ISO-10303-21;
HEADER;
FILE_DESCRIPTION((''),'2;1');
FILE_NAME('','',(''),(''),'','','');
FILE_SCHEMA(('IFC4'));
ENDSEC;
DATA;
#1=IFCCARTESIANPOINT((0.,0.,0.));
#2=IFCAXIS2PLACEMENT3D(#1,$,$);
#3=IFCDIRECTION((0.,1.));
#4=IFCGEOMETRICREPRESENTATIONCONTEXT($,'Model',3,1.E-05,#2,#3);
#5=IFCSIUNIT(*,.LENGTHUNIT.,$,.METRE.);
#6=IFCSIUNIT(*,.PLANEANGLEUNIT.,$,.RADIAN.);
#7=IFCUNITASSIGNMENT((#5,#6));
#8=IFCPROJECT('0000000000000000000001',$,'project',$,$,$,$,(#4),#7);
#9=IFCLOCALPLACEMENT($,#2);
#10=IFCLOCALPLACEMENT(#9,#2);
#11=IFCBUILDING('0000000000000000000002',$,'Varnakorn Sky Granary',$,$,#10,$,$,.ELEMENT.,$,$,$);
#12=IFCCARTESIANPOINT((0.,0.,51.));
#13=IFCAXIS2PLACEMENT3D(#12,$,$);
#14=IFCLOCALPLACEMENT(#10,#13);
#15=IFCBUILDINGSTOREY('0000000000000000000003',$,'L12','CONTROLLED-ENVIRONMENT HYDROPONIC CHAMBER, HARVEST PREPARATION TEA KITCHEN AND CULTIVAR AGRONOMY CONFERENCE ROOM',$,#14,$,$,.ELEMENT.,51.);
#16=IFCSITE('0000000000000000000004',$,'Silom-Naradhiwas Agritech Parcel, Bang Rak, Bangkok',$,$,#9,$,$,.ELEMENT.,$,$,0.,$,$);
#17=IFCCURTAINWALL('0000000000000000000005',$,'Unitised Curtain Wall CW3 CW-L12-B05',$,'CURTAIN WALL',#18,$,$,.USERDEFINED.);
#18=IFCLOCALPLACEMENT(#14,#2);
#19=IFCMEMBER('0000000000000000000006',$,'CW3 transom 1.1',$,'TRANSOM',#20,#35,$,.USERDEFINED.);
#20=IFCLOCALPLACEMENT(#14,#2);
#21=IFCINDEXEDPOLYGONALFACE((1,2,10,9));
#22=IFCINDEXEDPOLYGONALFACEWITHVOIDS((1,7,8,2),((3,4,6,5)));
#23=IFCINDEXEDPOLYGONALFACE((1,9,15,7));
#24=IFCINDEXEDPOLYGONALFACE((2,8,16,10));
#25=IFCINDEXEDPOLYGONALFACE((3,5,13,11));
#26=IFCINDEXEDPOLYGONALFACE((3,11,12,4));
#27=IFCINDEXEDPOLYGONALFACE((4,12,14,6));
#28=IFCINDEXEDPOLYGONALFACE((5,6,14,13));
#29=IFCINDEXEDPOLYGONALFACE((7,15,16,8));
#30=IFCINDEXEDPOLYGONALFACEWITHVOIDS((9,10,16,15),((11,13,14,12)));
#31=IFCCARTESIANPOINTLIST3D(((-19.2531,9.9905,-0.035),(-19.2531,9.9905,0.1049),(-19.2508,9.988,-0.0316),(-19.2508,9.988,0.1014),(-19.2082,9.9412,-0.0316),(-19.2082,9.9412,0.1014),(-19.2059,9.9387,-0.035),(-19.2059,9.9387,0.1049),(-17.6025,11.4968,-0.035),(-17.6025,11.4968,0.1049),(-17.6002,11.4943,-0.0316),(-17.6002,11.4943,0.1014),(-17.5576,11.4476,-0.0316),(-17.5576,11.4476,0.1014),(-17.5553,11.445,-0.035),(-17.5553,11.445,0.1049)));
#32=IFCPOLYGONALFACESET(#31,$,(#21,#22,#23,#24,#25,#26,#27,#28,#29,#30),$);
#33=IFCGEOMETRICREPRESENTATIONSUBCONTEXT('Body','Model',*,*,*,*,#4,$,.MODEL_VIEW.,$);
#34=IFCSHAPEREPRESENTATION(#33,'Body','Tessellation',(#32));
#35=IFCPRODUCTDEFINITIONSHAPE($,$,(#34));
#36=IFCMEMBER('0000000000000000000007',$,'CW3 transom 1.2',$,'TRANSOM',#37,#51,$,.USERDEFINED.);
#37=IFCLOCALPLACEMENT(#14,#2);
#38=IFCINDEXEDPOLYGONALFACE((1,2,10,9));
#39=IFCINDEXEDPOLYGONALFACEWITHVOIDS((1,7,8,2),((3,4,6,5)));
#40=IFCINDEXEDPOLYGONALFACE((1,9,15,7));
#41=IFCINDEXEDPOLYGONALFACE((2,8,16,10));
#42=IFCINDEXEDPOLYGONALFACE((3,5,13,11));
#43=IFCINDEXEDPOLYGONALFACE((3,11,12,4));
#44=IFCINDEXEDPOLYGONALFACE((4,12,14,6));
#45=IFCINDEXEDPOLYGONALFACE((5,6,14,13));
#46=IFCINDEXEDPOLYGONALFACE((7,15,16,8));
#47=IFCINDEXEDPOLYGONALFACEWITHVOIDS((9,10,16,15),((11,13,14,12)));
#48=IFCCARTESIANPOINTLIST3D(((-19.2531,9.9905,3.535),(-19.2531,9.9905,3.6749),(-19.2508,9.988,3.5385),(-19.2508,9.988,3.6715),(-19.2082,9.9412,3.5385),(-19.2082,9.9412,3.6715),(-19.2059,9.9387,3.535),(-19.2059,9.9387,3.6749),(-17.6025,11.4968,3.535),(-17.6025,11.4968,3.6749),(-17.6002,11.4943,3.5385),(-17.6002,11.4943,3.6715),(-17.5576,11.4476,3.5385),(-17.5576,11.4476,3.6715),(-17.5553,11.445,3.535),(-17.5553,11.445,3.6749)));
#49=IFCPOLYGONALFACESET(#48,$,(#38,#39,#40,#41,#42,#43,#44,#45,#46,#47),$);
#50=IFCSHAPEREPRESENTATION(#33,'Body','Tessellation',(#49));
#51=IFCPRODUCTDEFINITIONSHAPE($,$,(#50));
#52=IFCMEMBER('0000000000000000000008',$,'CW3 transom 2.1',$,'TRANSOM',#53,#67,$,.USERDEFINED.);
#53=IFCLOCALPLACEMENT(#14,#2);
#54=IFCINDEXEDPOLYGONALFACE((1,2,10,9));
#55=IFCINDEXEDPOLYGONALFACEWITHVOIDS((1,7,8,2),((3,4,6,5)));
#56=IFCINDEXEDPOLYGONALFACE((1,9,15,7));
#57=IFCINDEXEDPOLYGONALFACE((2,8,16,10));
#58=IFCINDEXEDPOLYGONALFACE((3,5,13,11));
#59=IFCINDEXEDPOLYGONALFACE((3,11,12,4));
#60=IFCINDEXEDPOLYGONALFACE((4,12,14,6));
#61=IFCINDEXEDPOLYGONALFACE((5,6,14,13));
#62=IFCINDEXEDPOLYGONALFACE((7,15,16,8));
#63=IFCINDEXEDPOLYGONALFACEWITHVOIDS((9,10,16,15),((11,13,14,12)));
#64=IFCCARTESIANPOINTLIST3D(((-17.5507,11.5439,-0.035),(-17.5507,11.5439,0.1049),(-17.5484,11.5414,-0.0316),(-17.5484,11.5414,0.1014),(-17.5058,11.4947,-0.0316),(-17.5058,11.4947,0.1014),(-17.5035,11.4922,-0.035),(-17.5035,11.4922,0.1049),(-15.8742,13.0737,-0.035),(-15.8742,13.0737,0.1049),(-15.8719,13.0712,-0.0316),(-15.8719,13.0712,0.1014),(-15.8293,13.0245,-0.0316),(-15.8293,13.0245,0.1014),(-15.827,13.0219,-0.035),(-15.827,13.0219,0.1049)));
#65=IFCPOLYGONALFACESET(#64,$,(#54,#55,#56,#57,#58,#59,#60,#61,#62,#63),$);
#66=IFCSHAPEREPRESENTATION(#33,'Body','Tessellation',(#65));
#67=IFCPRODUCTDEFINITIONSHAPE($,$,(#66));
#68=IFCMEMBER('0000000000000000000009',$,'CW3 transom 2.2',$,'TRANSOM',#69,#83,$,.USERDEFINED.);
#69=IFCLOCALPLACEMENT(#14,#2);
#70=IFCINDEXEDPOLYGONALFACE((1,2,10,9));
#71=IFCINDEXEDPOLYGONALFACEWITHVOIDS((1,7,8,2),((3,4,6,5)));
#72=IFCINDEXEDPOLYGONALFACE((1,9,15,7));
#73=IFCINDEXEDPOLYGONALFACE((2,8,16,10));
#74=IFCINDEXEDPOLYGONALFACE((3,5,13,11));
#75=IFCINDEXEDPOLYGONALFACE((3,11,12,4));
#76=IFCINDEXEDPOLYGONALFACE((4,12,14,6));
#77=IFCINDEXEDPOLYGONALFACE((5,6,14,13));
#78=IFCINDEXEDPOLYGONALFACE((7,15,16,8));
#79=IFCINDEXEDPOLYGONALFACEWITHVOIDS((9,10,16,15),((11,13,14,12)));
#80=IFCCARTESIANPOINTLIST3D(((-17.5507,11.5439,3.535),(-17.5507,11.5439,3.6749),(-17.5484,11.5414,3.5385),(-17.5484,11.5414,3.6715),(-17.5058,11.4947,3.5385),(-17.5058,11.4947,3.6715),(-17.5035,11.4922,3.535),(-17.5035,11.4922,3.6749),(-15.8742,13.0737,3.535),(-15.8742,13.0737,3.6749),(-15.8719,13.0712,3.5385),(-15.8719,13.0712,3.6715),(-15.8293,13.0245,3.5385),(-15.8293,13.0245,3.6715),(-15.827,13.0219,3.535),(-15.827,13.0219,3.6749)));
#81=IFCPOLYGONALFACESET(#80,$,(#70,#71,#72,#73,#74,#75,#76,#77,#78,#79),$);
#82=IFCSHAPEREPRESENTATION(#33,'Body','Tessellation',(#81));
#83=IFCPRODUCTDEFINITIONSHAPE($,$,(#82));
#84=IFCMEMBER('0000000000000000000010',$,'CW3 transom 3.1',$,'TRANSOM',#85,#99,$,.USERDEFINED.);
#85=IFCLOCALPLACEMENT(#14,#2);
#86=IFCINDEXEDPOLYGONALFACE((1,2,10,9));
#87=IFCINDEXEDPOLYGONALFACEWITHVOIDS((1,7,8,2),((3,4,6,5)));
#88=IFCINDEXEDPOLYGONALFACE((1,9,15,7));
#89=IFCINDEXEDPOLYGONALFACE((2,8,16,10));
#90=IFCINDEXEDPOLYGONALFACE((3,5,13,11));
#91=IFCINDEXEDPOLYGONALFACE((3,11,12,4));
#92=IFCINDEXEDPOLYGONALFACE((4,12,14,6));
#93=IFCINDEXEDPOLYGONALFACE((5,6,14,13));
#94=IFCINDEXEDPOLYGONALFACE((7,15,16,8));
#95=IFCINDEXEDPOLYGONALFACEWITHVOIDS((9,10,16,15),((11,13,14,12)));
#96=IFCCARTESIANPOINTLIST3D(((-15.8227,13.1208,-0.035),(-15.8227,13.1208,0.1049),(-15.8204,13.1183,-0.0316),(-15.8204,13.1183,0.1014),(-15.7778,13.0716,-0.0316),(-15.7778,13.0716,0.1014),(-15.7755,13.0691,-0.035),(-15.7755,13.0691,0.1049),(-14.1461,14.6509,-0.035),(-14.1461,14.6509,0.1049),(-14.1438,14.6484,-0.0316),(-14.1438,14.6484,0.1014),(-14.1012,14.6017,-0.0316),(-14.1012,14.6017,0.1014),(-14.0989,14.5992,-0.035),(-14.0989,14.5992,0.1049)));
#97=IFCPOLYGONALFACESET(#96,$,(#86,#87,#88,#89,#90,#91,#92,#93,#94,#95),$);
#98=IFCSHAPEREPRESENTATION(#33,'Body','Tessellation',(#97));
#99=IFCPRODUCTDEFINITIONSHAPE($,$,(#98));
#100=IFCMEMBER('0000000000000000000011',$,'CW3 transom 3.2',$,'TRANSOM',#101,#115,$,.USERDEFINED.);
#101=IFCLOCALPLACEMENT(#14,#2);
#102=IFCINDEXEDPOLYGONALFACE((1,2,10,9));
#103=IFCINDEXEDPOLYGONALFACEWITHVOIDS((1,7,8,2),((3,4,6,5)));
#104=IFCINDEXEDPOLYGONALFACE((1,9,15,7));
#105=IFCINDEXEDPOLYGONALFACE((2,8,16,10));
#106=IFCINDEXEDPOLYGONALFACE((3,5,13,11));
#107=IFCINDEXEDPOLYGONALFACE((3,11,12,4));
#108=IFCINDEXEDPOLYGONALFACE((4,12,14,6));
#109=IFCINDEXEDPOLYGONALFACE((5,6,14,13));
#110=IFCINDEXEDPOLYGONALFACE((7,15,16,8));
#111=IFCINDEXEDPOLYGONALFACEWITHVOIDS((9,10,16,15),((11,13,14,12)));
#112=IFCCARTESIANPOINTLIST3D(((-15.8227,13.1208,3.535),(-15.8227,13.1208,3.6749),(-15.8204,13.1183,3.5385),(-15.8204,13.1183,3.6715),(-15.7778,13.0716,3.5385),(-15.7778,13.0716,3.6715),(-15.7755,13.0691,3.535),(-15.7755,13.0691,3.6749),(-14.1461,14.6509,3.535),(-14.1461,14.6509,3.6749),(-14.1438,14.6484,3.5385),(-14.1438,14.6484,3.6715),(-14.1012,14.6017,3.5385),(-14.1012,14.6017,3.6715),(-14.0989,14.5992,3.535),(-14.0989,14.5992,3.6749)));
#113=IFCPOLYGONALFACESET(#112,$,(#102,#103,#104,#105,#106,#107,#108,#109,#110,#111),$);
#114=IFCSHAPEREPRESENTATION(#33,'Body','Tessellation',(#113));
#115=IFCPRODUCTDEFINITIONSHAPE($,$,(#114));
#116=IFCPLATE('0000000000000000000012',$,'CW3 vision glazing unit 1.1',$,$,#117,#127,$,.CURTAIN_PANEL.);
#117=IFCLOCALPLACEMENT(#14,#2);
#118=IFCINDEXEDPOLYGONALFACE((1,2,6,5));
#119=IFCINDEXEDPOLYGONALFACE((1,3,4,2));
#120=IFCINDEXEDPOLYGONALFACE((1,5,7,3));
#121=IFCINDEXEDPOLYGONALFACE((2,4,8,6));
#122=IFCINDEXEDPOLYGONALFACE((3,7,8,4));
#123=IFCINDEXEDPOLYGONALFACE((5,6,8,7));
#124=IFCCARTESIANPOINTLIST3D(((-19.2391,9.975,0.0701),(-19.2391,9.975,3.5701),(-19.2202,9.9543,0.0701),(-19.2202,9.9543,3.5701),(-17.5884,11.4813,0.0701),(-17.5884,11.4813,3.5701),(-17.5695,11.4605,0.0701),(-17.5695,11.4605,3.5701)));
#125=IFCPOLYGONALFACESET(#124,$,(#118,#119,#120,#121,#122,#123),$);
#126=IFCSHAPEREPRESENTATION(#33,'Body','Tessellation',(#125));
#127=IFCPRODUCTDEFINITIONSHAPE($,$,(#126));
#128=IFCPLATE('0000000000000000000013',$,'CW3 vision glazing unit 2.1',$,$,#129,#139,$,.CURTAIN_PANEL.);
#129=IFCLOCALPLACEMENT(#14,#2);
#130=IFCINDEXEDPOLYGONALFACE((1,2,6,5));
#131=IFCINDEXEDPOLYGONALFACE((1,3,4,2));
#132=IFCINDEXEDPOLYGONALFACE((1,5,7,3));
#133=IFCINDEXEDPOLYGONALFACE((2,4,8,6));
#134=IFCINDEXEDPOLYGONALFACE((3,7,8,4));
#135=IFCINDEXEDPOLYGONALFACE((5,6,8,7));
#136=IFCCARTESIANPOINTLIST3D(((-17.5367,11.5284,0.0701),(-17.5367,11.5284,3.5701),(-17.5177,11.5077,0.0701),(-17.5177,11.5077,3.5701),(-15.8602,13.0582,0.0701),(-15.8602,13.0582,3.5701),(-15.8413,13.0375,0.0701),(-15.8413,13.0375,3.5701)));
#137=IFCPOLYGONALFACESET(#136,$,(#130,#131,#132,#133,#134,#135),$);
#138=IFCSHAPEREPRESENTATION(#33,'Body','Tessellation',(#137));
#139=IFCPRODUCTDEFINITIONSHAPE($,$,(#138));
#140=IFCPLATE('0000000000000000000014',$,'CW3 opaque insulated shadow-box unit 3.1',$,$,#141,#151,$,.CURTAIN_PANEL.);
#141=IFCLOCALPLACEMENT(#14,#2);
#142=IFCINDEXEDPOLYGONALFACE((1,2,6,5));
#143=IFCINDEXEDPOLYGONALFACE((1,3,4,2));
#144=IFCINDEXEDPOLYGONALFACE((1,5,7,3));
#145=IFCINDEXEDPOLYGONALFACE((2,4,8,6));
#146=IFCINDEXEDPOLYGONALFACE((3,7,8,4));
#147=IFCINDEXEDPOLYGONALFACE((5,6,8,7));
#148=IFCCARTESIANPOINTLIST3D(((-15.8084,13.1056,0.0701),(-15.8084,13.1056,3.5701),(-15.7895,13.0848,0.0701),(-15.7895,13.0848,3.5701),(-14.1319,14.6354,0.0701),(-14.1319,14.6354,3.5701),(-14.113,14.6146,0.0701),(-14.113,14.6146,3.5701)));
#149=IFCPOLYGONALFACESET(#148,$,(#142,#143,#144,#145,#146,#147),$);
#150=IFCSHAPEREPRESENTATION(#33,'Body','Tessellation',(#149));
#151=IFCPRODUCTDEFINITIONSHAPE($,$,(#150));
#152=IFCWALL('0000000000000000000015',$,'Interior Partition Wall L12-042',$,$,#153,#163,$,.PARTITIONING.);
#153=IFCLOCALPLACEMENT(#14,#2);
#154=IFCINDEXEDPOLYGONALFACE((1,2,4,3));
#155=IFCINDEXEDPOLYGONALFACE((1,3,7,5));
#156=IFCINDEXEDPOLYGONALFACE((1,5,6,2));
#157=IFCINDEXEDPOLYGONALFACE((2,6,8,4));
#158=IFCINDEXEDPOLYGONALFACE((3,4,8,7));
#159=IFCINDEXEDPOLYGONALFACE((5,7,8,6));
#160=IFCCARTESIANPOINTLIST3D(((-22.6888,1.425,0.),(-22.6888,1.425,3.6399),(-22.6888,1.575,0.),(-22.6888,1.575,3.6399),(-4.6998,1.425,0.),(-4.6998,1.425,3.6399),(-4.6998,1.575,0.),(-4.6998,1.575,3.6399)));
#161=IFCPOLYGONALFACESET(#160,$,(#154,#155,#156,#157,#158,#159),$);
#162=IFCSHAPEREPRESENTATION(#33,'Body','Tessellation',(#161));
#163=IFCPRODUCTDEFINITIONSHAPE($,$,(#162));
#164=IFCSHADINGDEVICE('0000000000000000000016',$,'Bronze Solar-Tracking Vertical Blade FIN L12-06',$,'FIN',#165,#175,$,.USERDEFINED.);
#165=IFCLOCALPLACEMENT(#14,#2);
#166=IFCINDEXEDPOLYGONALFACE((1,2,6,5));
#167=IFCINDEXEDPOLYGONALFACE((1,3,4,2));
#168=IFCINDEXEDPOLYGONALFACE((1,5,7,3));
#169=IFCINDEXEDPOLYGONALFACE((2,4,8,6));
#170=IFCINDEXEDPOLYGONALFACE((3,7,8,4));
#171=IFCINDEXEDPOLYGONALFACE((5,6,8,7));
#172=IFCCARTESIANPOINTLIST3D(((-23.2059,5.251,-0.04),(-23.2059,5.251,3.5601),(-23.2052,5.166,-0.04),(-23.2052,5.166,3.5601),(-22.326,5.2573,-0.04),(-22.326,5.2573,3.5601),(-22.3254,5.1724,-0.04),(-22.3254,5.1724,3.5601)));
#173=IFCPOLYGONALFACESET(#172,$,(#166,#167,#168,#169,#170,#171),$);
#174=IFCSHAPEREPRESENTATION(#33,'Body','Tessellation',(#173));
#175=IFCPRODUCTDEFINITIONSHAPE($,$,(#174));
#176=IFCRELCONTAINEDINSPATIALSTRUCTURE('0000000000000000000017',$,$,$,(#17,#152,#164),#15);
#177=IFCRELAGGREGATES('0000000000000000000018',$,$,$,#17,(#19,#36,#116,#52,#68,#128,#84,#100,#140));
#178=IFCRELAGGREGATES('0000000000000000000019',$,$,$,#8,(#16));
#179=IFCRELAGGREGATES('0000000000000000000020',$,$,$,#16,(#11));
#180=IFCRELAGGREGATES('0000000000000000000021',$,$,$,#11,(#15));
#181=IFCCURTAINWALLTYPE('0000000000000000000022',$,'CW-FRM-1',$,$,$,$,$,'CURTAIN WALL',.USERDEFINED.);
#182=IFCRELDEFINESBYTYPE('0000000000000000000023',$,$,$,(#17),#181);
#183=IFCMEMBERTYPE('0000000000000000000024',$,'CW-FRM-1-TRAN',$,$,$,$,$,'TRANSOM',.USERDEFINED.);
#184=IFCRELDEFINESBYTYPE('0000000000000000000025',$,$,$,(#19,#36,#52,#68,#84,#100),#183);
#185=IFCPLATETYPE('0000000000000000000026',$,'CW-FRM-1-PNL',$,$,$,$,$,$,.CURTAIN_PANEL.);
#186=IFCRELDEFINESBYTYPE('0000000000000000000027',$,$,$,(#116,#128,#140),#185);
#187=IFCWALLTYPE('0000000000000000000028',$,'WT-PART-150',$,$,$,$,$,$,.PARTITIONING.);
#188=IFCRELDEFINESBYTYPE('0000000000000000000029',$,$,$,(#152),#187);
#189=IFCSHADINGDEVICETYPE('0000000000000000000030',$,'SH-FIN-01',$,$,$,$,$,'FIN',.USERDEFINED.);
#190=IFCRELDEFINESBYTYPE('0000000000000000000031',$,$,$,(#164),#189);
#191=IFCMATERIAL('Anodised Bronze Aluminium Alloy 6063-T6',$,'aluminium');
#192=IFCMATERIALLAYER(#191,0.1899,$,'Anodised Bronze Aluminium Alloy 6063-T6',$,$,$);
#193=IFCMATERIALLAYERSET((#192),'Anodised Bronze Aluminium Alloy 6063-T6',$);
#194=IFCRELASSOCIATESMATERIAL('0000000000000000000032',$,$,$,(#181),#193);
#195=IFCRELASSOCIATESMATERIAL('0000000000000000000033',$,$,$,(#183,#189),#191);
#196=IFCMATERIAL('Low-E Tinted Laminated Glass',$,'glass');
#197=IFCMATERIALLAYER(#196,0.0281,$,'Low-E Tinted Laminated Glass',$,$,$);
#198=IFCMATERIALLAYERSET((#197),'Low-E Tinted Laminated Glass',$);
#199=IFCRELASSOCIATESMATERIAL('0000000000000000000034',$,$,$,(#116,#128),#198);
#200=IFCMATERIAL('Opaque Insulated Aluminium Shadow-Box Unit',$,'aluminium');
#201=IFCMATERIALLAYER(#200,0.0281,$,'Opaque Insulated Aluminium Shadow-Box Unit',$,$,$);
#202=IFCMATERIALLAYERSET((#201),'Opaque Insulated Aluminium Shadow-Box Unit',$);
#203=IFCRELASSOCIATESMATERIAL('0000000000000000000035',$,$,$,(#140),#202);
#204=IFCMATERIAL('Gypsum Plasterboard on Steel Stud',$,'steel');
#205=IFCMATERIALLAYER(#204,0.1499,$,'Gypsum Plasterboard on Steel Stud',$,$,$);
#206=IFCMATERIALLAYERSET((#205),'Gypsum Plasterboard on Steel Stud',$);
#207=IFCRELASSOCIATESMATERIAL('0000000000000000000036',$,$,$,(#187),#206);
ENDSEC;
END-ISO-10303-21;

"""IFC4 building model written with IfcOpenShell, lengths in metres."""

from ifc_helpers import new_model, si_unit, direction, frame, frame_2d, origin, origin_2d, place, context, subcontext, project, spatial, rectangle, hollow_rectangle, extrude, source, transform, mapped, material, layer, layer_set, material_profile, profile_set, type_object, type_shapes, element, aggregate, save


model = new_model("IFC4")

# Units and contexts
model_context = context("Model", 3, precision=1e-05, world=origin(), true_north=direction((0.0, 1.0)))
body_context = subcontext(model_context, "Body", "Model", "MODEL_VIEW")
ifc_project = project(units=[si_unit("LENGTHUNIT", "METRE"), si_unit("PLANEANGLEUNIT", "RADIAN")], contexts=[model_context])

# Site, building, storey
site_placement = place(None, origin())
site = spatial("IfcSite", under=ifc_project, at=site_placement, Name="Silom-Naradhiwas Agritech Parcel, Bang Rak, Bangkok", CompositionType="ELEMENT", RefElevation=0.0)
building_placement = place(site_placement, origin())
building = spatial("IfcBuilding", under=site, at=building_placement, Name="Varnakorn Sky Granary", CompositionType="ELEMENT")
storey_placement = place(building_placement, frame((0.0, 0.0, 51.0)))
storey = spatial("IfcBuildingStorey", under=building, at=storey_placement, Name="L12", Description="CONTROLLED-ENVIRONMENT HYDROPONIC CHAMBER, HARVEST PREPARATION TEA KITCHEN AND CULTIVAR AGRONOMY CONFERENCE ROOM", CompositionType="ELEMENT", Elevation=51.0)

# Curtain wall, members, plates
ifc_material_1 = material(Name="Anodised Bronze Aluminium Alloy 6063-T6", Category="aluminium")
ifc_layer_1 = layer(ifc_material_1, 0.1899, Name="Anodised Bronze Aluminium Alloy 6063-T6")
ifc_layer_set_1 = layer_set([ifc_layer_1], Name="Anodised Bronze Aluminium Alloy 6063-T6")
curtain_wall_type = type_object("IfcCurtainWallType", Name="CW-FRM-1", ElementType="CURTAIN WALL", PredefinedType="USERDEFINED", material=ifc_layer_set_1)
curtain_wall_placement = place(storey_placement, origin())
curtain_wall = element("IfcCurtainWall", 1, at=curtain_wall_placement, inside=storey, type_object=curtain_wall_type, Name="Unitised Curtain Wall CW3 CW-L12-B05", ObjectType="CURTAIN WALL", PredefinedType="USERDEFINED")
ifc_material_profile_1 = material_profile(ifc_material_1, hollow_rectangle(XDim=0.0701, YDim=0.1399, WallThickness=0.0034, at=origin_2d()), Name="ALU TRAN 70x140")
ifc_profile_set_1 = profile_set([ifc_material_profile_1], Name="Anodised Bronze Aluminium Alloy 6063-T6")
member_type_1 = type_object("IfcMemberType", Name="CW-FRM-1-TRAN", ElementType="TRANSOM", PredefinedType="USERDEFINED", material=ifc_profile_set_1)
member_1_placement = place(storey_placement, frame((-19.2295, 9.9646, 0.0349), z_axis=(0.738653, 0.674085, 0.0), x_axis=(-0.674085, 0.738653, 0.0)))
member_1 = element("IfcMember", 2, at=member_1_placement, type_object=member_type_1, Name="CW3 transom 1.1", ObjectType="TRANSOM", PredefinedType="USERDEFINED", context=body_context, shape_type="SweptSolid", body=[
    extrude(hollow_rectangle(XDim=0.0701, YDim=0.1399, WallThickness=0.0034, at=origin_2d()), origin(), (0.0, 0.0, 1.0), 2.2346),
])
member_2_placement = place(storey_placement, frame((-19.2295, 9.9646, 3.605), z_axis=(0.738653, 0.674085, 0.0), x_axis=(-0.674085, 0.738653, 0.0)))
member_2 = element("IfcMember", 3, at=member_2_placement, type_object=member_type_1, Name="CW3 transom 1.2", ObjectType="TRANSOM", PredefinedType="USERDEFINED", context=body_context, shape_type="SweptSolid", body=[
    extrude(hollow_rectangle(XDim=0.0701, YDim=0.1399, WallThickness=0.0034, at=origin_2d()), origin(), (0.0, 0.0, 1.0), 2.2346),
])
member_3_placement = place(storey_placement, frame((-17.5271, 11.5181, 0.0349), z_axis=(0.738693, 0.674042, 0.0), x_axis=(-0.674042, 0.738693, 0.0)))
member_3 = element("IfcMember", 4, at=member_3_placement, type_object=member_type_1, Name="CW3 transom 2.1", ObjectType="TRANSOM", PredefinedType="USERDEFINED", context=body_context, shape_type="SweptSolid", body=[
    extrude(hollow_rectangle(XDim=0.0701, YDim=0.1399, WallThickness=0.0034, at=origin_2d()), origin(), (0.0, 0.0, 1.0), 2.2695),
])
member_4_placement = place(storey_placement, frame((-17.5271, 11.5181, 3.605), z_axis=(0.738693, 0.674042, 0.0), x_axis=(-0.674042, 0.738693, 0.0)))
member_4 = element("IfcMember", 5, at=member_4_placement, type_object=member_type_1, Name="CW3 transom 2.2", ObjectType="TRANSOM", PredefinedType="USERDEFINED", context=body_context, shape_type="SweptSolid", body=[
    extrude(hollow_rectangle(XDim=0.0701, YDim=0.1399, WallThickness=0.0034, at=origin_2d()), origin(), (0.0, 0.0, 1.0), 2.2695),
])
member_5_placement = place(storey_placement, frame((-15.7991, 13.095, 0.0349), z_axis=(0.738639, 0.674101, 0.0), x_axis=(-0.674101, 0.738639, 0.0)))
member_5 = element("IfcMember", 6, at=member_5_placement, type_object=member_type_1, Name="CW3 transom 3.1", ObjectType="TRANSOM", PredefinedType="USERDEFINED", context=body_context, shape_type="SweptSolid", body=[
    extrude(hollow_rectangle(XDim=0.0701, YDim=0.1399, WallThickness=0.0034, at=origin_2d()), origin(), (0.0, 0.0, 1.0), 2.2698),
])
member_6_placement = place(storey_placement, frame((-15.7991, 13.095, 3.605), z_axis=(0.738639, 0.674101, 0.0), x_axis=(-0.674101, 0.738639, 0.0)))
member_6 = element("IfcMember", 7, at=member_6_placement, type_object=member_type_1, Name="CW3 transom 3.2", ObjectType="TRANSOM", PredefinedType="USERDEFINED", context=body_context, shape_type="SweptSolid", body=[
    extrude(hollow_rectangle(XDim=0.0701, YDim=0.1399, WallThickness=0.0034, at=origin_2d()), origin(), (0.0, 0.0, 1.0), 2.2698),
])
ifc_material_2 = material(Name="Low-E Tinted Laminated Glass", Category="glass")
ifc_layer_2 = layer(ifc_material_2, 0.0281, Name="Low-E Tinted Laminated Glass")
ifc_layer_set_2 = layer_set([ifc_layer_2], Name="Low-E Tinted Laminated Glass")
plate_type = type_object("IfcPlateType", Name="CW-FRM-1-PNL", PredefinedType="CURTAIN_PANEL")
shared_shape_1 = source(origin(), body_context, "Body", "SweptSolid", [
    extrude(rectangle(XDim=2.2346, YDim=0.0281, at=origin_2d()), origin(), (0.0, 0.0, 1.0), 3.5),
])
plate_1_placement = place(storey_placement, frame((-18.4043, 10.7178, 0.0701), z_axis=(0.0, 0.0, 1.0), x_axis=(0.738686, 0.674049, 0.0)))
plate_1 = element("IfcPlate", 8, at=plate_1_placement, type_object=plate_type, material=ifc_layer_set_2, Name="CW3 vision glazing unit 1.1", PredefinedType="CURTAIN_PANEL", context=body_context, shape_type="MappedRepresentation", body=[
    mapped(shared_shape_1, transform((0.0, 0.0, 0.0), x_axis=(1.0, 0.0, 0.0), y_axis=(0.0, 1.0, 0.0), z_axis=(0.0, 0.0, 1.0), scale=1.0)),
])
shared_shape_2 = source(origin(), body_context, "Body", "SweptSolid", [
    extrude(rectangle(XDim=2.2695, YDim=0.0281, at=origin_2d()), origin(), (0.0, 0.0, 1.0), 3.5),
])
type_shapes(plate_type, [shared_shape_1, shared_shape_2])
plate_2_placement = place(storey_placement, frame((-16.689, 12.283, 0.0701), z_axis=(0.0, 0.0, 1.0), x_axis=(0.738686, 0.674049, 0.0)))
plate_2 = element("IfcPlate", 9, at=plate_2_placement, type_object=plate_type, material=ifc_layer_set_2, Name="CW3 vision glazing unit 2.1", PredefinedType="CURTAIN_PANEL", context=body_context, shape_type="MappedRepresentation", body=[
    mapped(shared_shape_2, transform((0.0, 0.0, 0.0), x_axis=(1.0, 0.0, 0.0), y_axis=(0.0, 1.0, 0.0), z_axis=(0.0, 0.0, 1.0), scale=1.0)),
])
ifc_material_3 = material(Name="Opaque Insulated Aluminium Shadow-Box Unit", Category="aluminium")
ifc_layer_3 = layer(ifc_material_3, 0.0281, Name="Opaque Insulated Aluminium Shadow-Box Unit")
ifc_layer_set_3 = layer_set([ifc_layer_3], Name="Opaque Insulated Aluminium Shadow-Box Unit")
plate_3_placement = place(storey_placement, frame((-14.9607, 13.8601, 0.0701), z_axis=(0.0, 0.0, 1.0), x_axis=(0.738686, 0.674049, 0.0)))
plate_3 = element("IfcPlate", 10, at=plate_3_placement, type_object=plate_type, material=ifc_layer_set_3, Name="CW3 opaque insulated shadow-box unit 3.1", PredefinedType="CURTAIN_PANEL", context=body_context, shape_type="MappedRepresentation", body=[
    mapped(shared_shape_2, transform((0.0, 0.0, 0.0), x_axis=(1.0, 0.0, 0.0), y_axis=(0.0, 1.0, 0.0), z_axis=(0.0, 0.0, 1.0), scale=1.0)),
])
aggregate(curtain_wall, [member_1, member_2, plate_1, member_3, member_4, plate_2, member_5, member_6, plate_3])

# Wall
ifc_material_4 = material(Name="Gypsum Plasterboard on Steel Stud", Category="steel")
ifc_layer_4 = layer(ifc_material_4, 0.1499, Name="Gypsum Plasterboard on Steel Stud")
ifc_layer_set_4 = layer_set([ifc_layer_4], Name="Gypsum Plasterboard on Steel Stud")
wall_type = type_object("IfcWallType", Name="WT-PART-150", PredefinedType="PARTITIONING", material=ifc_layer_set_4)
wall_placement = place(storey_placement, frame((-22.689, 1.5, 0.0), z_axis=(0.0, 0.0, 1.0), x_axis=(1.0, 0.0, 0.0)))
element("IfcWall", 11, at=wall_placement, inside=storey, type_object=wall_type, Name="Interior Partition Wall L12-042", PredefinedType="PARTITIONING", context=body_context, shape_type="SweptSolid", body=[
    extrude(rectangle(XDim=17.989, YDim=0.1499, at=frame_2d((8.9946, 0.0))), origin(), (0.0, 0.0, 1.0), 3.6399),
])

# Shading device
shading_device_type = type_object("IfcShadingDeviceType", Name="SH-FIN-01", ElementType="FIN", PredefinedType="USERDEFINED", material=ifc_material_1)
shared_shape_3 = source(origin(), body_context, "Body", "SweptSolid", [
    extrude(rectangle(XDim=0.085, YDim=0.8799, at=origin_2d()), origin(), (0.0, 0.0, 1.0), 3.6001),
])
type_shapes(shading_device_type, [shared_shape_3])
shading_device_placement = place(storey_placement, frame((-22.7656, 5.2117, -0.04), z_axis=(0.0, 0.0, 1.0), x_axis=(0.007271, -0.999974, 0.0)))
element("IfcShadingDevice", 12, at=shading_device_placement, inside=storey, type_object=shading_device_type, Name="Bronze Solar-Tracking Vertical Blade FIN L12-06", ObjectType="FIN", PredefinedType="USERDEFINED", context=body_context, shape_type="MappedRepresentation", body=[
    mapped(shared_shape_3, transform((0.0, 0.0, 0.0), x_axis=(1.0, 0.0, 0.0), y_axis=(0.0, 1.0, 0.0), z_axis=(0.0, 0.0, 1.0), scale=1.0)),
])

save(model, "model.ifc")
